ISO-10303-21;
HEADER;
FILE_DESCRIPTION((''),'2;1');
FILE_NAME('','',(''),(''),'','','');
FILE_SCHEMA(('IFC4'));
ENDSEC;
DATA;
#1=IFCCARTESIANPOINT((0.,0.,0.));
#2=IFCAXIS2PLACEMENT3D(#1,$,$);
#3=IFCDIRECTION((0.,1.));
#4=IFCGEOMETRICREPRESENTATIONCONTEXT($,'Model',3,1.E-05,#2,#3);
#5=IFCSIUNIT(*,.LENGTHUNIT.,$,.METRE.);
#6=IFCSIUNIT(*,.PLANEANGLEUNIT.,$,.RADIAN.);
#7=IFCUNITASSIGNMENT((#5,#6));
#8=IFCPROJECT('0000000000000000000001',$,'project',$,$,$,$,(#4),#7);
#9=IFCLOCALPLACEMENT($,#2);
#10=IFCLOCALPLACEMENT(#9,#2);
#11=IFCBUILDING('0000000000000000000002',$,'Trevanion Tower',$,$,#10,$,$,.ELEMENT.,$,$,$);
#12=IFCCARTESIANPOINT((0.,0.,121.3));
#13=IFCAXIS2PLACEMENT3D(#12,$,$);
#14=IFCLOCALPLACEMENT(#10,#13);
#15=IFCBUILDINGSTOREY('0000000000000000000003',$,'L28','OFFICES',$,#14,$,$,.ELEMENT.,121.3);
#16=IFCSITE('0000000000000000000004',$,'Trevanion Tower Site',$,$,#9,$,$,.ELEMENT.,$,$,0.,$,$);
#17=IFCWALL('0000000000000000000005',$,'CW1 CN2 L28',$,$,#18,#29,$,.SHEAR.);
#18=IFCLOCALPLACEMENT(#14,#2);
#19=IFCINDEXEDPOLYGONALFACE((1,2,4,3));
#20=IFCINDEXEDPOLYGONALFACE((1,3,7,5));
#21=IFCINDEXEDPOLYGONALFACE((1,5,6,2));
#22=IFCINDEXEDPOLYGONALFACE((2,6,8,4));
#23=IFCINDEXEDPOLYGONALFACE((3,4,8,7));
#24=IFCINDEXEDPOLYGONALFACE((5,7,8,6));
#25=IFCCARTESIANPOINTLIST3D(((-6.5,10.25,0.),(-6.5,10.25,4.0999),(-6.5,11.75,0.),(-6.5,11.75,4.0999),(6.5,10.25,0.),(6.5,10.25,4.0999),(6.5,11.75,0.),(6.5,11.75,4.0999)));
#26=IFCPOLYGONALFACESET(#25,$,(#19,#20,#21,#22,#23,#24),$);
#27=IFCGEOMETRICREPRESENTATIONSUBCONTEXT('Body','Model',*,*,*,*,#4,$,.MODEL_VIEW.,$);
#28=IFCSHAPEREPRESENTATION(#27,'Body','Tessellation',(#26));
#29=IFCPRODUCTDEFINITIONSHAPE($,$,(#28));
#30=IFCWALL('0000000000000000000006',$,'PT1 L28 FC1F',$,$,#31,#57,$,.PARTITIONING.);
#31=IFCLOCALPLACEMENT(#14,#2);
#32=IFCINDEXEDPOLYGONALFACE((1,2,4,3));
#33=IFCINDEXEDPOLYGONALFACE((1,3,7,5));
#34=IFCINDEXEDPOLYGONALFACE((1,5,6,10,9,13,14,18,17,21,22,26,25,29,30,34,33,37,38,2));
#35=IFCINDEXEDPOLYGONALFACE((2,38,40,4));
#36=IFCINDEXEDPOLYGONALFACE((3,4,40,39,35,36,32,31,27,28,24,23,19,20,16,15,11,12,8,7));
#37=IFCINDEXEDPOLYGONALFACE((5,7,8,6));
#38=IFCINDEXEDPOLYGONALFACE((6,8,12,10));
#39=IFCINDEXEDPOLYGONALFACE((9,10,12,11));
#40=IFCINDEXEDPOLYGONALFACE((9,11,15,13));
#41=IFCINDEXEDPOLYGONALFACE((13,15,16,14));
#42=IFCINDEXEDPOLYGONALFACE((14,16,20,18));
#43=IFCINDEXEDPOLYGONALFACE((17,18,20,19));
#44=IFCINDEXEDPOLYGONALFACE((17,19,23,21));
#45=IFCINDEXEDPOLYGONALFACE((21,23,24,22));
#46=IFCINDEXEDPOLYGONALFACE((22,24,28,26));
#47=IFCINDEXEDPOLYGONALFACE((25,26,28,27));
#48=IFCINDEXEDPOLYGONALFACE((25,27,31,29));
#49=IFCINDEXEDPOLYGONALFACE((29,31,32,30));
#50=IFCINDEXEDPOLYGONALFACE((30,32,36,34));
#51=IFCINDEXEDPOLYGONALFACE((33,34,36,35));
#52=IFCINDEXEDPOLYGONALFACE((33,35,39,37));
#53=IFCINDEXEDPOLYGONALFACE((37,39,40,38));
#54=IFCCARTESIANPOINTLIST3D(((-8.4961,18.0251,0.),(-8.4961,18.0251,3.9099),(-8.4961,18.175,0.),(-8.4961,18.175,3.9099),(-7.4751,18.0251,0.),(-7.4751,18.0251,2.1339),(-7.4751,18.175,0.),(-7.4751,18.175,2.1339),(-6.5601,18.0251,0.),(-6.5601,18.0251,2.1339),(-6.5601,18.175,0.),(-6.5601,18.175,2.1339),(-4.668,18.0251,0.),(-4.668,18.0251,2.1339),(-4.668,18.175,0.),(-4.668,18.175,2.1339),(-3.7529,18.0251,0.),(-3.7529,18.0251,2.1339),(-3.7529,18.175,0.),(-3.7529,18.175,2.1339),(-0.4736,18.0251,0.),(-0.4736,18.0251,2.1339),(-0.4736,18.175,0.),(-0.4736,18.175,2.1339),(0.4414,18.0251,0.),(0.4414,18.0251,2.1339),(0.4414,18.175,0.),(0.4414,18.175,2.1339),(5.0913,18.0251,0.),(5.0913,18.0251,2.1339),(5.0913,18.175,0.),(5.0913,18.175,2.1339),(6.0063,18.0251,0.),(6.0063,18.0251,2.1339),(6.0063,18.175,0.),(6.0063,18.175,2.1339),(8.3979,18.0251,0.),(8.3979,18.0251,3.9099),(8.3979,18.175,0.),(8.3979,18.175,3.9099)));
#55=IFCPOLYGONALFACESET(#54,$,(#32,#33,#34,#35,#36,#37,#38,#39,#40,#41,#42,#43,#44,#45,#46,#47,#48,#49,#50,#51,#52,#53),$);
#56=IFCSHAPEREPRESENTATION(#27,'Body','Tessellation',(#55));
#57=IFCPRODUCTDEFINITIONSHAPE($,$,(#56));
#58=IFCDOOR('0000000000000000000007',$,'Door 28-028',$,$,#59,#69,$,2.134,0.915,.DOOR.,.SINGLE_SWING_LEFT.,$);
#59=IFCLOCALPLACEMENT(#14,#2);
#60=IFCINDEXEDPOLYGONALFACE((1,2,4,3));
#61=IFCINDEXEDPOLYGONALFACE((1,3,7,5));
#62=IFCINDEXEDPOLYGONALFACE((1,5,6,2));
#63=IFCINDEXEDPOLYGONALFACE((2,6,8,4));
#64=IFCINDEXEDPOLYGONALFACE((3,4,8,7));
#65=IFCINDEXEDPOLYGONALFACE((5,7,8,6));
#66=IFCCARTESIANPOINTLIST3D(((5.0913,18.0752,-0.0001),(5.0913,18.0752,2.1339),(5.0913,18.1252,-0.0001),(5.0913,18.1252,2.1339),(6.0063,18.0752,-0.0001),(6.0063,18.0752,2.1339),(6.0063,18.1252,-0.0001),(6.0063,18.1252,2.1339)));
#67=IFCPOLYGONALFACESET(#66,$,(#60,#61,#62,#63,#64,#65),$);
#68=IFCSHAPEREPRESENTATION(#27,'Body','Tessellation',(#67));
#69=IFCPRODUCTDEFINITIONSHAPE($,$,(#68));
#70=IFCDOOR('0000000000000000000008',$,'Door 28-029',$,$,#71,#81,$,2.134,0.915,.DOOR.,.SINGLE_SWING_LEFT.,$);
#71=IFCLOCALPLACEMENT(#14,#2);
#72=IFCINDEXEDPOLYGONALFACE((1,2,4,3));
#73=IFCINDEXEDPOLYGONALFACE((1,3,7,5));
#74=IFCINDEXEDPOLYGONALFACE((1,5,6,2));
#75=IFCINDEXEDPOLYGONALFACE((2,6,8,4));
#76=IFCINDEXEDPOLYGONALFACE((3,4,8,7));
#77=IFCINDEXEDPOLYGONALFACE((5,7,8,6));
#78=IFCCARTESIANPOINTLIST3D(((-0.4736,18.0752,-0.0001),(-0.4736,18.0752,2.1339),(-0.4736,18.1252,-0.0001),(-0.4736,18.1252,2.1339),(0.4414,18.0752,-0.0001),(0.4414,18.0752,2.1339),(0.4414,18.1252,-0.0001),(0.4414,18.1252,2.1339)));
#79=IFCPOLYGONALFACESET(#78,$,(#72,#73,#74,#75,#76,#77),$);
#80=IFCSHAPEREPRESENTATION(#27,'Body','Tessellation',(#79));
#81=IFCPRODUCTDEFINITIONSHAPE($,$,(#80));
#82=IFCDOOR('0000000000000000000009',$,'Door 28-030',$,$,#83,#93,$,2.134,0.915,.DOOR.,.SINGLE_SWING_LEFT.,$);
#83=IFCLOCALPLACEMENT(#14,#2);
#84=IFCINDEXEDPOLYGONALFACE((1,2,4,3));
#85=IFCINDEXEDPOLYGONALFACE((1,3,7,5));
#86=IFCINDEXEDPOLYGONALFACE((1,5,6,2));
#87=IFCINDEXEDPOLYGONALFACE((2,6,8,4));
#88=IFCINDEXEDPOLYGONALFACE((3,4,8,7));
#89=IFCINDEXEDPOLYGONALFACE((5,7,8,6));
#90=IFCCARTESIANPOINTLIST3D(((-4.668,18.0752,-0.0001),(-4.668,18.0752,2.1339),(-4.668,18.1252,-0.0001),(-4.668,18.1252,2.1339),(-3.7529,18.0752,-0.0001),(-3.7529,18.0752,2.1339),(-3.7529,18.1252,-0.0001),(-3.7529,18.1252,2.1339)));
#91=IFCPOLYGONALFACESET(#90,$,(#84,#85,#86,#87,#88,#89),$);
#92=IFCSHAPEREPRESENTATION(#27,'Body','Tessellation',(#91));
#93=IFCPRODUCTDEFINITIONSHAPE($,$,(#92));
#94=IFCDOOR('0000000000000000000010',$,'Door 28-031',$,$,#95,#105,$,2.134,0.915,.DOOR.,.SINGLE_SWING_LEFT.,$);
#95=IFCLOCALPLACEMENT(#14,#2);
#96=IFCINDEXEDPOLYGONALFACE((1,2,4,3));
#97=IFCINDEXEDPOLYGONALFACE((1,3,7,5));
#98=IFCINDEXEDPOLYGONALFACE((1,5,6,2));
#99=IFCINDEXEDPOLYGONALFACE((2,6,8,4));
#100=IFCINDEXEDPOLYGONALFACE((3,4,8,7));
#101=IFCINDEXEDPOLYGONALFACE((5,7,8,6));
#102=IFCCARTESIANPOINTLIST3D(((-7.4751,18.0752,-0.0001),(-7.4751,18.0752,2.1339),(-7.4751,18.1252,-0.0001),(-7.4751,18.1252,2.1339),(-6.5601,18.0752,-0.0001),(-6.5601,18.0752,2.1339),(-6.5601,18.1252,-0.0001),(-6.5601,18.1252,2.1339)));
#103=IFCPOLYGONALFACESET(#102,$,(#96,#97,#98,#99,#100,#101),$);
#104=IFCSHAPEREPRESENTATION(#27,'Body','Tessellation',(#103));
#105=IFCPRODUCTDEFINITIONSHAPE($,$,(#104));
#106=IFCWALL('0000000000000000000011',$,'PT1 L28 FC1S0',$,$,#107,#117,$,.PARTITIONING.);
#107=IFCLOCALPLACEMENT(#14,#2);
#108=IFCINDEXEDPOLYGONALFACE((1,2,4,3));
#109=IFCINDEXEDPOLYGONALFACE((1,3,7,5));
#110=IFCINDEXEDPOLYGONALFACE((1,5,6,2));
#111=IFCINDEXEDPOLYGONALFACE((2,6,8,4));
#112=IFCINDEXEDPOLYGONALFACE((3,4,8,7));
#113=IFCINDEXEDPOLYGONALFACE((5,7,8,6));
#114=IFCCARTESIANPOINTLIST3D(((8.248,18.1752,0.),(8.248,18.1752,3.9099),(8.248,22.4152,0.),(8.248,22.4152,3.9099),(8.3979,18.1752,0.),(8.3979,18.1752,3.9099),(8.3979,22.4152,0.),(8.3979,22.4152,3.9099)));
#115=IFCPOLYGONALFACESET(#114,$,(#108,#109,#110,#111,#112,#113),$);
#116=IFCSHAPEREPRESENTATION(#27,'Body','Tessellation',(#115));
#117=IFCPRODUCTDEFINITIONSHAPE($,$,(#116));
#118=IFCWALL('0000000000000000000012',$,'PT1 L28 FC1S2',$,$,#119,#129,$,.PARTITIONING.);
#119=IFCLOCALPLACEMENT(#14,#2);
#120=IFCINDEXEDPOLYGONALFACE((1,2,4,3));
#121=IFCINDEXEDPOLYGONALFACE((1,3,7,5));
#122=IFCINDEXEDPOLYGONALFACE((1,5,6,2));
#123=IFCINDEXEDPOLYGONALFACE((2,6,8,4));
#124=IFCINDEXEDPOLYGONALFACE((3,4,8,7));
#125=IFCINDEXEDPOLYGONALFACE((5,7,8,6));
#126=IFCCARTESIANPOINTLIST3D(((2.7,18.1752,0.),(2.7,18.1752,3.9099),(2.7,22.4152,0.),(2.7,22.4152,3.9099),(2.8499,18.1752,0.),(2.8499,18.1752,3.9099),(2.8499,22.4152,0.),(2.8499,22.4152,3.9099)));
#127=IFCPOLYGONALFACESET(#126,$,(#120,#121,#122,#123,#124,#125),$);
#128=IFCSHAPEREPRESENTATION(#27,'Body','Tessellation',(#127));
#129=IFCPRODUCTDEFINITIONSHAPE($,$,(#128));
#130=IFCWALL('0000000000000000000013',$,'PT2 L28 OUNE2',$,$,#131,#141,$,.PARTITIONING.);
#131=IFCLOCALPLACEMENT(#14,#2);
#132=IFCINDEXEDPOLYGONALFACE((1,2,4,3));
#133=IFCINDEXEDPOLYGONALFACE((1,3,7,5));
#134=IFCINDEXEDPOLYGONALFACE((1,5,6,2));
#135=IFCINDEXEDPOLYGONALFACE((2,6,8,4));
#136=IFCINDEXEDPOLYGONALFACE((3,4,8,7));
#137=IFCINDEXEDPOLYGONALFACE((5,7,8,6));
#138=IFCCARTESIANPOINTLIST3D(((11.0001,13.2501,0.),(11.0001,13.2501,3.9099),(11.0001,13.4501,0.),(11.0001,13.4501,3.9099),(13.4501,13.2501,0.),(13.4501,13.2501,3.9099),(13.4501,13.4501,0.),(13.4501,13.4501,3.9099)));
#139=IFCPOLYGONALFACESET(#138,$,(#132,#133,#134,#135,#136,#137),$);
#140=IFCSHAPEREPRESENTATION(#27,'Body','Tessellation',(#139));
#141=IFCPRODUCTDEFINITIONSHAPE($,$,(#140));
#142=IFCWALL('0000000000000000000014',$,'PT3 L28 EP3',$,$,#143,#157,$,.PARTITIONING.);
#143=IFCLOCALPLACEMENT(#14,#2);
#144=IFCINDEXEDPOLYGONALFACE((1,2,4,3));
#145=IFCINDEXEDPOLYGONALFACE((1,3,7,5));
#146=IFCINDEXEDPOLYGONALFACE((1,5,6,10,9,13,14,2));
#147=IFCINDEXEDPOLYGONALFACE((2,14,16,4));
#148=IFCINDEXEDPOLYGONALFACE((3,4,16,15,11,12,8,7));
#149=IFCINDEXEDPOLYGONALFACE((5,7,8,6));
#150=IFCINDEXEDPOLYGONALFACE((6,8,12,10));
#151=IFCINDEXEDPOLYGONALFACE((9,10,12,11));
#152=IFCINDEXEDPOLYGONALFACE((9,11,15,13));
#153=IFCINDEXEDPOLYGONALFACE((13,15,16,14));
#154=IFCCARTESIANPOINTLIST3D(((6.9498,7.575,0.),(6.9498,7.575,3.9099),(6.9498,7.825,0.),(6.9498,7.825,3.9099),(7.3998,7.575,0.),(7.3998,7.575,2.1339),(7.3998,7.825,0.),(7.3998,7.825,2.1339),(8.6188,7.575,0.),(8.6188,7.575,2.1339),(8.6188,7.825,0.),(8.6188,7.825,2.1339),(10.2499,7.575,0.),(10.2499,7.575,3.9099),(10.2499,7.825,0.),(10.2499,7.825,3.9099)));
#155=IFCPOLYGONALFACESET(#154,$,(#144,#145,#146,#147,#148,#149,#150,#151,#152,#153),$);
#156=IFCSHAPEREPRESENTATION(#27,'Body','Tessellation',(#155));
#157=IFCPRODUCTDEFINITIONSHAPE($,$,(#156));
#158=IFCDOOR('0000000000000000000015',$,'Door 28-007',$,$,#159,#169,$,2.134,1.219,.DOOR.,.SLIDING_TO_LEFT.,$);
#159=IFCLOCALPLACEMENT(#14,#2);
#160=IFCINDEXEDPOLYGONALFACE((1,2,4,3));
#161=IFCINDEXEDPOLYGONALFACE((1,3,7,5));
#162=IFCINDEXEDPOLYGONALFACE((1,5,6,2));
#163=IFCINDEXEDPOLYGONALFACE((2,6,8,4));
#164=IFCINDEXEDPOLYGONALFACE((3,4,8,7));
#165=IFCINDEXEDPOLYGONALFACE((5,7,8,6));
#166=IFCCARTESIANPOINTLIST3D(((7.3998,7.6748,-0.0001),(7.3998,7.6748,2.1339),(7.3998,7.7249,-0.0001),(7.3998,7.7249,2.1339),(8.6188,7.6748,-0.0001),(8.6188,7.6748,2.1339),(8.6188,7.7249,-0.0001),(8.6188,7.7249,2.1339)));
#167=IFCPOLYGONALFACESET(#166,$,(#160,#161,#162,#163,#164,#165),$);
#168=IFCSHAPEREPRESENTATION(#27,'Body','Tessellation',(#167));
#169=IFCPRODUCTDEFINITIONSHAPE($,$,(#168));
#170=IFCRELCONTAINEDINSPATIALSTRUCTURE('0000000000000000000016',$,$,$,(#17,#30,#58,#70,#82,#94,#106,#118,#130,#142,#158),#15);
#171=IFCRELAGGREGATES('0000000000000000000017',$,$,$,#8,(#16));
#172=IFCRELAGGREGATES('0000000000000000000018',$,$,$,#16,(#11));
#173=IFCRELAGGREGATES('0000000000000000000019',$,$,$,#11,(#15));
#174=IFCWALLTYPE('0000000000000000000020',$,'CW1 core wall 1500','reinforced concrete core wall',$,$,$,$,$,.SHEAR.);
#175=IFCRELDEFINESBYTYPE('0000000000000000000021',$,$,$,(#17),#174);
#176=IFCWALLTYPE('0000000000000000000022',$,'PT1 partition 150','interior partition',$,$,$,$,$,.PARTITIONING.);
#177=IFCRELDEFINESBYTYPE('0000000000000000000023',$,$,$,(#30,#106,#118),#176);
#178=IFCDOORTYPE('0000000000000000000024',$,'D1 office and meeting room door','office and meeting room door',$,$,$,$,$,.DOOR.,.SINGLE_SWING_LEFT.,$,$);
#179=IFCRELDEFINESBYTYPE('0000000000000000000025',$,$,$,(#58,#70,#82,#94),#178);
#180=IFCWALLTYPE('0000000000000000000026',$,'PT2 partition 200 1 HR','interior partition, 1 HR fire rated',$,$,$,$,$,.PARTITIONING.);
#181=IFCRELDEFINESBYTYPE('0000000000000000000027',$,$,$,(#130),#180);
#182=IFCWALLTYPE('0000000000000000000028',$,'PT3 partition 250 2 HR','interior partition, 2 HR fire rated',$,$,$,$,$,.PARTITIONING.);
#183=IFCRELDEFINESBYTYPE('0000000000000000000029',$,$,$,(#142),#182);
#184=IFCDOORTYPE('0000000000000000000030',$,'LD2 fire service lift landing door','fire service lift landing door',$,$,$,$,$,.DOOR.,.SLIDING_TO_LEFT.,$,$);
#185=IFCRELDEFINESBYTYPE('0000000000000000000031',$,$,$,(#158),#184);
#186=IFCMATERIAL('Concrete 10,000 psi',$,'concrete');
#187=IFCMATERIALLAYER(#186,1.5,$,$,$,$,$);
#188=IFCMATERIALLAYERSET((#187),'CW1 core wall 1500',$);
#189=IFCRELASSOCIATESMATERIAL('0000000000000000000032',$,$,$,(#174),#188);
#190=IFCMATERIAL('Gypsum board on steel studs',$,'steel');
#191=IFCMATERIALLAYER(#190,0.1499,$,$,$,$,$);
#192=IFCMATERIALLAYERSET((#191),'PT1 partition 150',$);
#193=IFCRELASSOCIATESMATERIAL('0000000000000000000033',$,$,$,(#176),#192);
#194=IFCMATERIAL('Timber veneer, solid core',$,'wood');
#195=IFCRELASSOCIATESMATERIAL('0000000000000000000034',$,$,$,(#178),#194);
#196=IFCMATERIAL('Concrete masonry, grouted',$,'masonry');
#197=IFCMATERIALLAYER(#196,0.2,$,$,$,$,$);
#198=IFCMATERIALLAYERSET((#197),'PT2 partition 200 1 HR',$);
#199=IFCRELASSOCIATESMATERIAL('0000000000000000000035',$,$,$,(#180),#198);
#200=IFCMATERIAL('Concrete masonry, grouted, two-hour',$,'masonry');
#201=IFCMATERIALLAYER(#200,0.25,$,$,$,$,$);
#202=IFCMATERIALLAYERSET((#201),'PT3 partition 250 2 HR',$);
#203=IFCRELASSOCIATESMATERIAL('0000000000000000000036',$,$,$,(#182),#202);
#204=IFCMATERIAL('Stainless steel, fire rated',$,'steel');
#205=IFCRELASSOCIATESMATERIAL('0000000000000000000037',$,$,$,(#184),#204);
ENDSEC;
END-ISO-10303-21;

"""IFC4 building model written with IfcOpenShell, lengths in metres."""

from ifc_helpers import new_model, si_unit, direction, frame, frame_2d, origin, place, context, subcontext, project, spatial, rectangle, extrude, material, layer, layer_set, type_object, element, fill, save


model = new_model("IFC4")

# Units and contexts
model_context = context("Model", 3, precision=1e-05, world=origin(), true_north=direction((0.0, 1.0)))
body_context = subcontext(model_context, "Body", "Model", "MODEL_VIEW")
ifc_project = project(units=[si_unit("LENGTHUNIT", "METRE"), si_unit("PLANEANGLEUNIT", "RADIAN")], contexts=[model_context])

# Site, building, storey
site_placement = place(None, origin())
site = spatial("IfcSite", under=ifc_project, at=site_placement, Name="Trevanion Tower Site", CompositionType="ELEMENT", RefElevation=0.0)
building_placement = place(site_placement, origin())
building = spatial("IfcBuilding", under=site, at=building_placement, Name="Trevanion Tower", CompositionType="ELEMENT")
storey_placement = place(building_placement, frame((0.0, 0.0, 121.3)))
storey = spatial("IfcBuildingStorey", under=building, at=storey_placement, Name="L28", Description="OFFICES", CompositionType="ELEMENT", Elevation=121.3)

# Wall
ifc_material_1 = material(Name="Concrete 10,000 psi", Category="concrete")
ifc_layer_1 = layer(ifc_material_1, 1.5)
ifc_layer_set_1 = layer_set([ifc_layer_1], Name="CW1 core wall 1500")
wall_type_1 = type_object("IfcWallType", Name="CW1 core wall 1500", Description="reinforced concrete core wall", PredefinedType="SHEAR", material=ifc_layer_set_1)
wall_1_placement = place(storey_placement, frame((6.5, 11.0, 0.0), z_axis=(0.0, 0.0, 1.0), x_axis=(-1.0, 0.0, 0.0)))
element("IfcWall", 1, at=wall_1_placement, inside=storey, type_object=wall_type_1, Name="CW1 CN2 L28", PredefinedType="SHEAR", context=body_context, shape_type="SweptSolid", body=[
    extrude(rectangle(XDim=13.0, YDim=1.5, at=frame_2d((6.5, 0.0))), origin(), (0.0, 0.0, 1.0), 4.0999),
])

# Wall, openings, doors
ifc_material_2 = material(Name="Gypsum board on steel studs", Category="steel")
ifc_layer_2 = layer(ifc_material_2, 0.1499)
ifc_layer_set_2 = layer_set([ifc_layer_2], Name="PT1 partition 150")
wall_type_2 = type_object("IfcWallType", Name="PT1 partition 150", Description="interior partition", PredefinedType="PARTITIONING", material=ifc_layer_set_2)
wall_2_placement = place(storey_placement, frame((8.3979, 18.1001, 0.0), z_axis=(0.0, 0.0, 1.0), x_axis=(-1.0, 0.0, 0.0)))
wall_2 = element("IfcWall", 2, at=wall_2_placement, inside=storey, type_object=wall_type_2, Name="PT1 L28 FC1F", PredefinedType="PARTITIONING", context=body_context, shape_type="SweptSolid", body=[
    extrude(rectangle(XDim=16.894, YDim=0.1499, at=frame_2d((8.447, 0.0))), origin(), (0.0, 0.0, 1.0), 3.9099),
])
opening_1_placement = place(wall_2_placement, frame((2.3916, 0.0, 0.0)))
opening_1 = element("IfcOpeningElement", 3, at=opening_1_placement, cuts=wall_2, PredefinedType="OPENING", context=body_context, shape_type="SweptSolid", body=[
    extrude(rectangle(XDim=0.915, YDim=2.134, at=frame_2d((0.4575, 1.0669))), frame((0.0, 0.085, 0.0), z_axis=(0.0, -1.0, 0.0), x_axis=(1.0, 0.0, 0.0)), (0.0, 0.0, 1.0), 0.1699),
])
opening_2_placement = place(wall_2_placement, frame((7.9565, 0.0, 0.0)))
opening_2 = element("IfcOpeningElement", 4, at=opening_2_placement, cuts=wall_2, PredefinedType="OPENING", context=body_context, shape_type="SweptSolid", body=[
    extrude(rectangle(XDim=0.915, YDim=2.134, at=frame_2d((0.4575, 1.0669))), frame((0.0, 0.085, 0.0), z_axis=(0.0, -1.0, 0.0), x_axis=(1.0, 0.0, 0.0)), (0.0, 0.0, 1.0), 0.1699),
])
opening_3_placement = place(wall_2_placement, frame((12.1509, 0.0, 0.0)))
opening_3 = element("IfcOpeningElement", 5, at=opening_3_placement, cuts=wall_2, PredefinedType="OPENING", context=body_context, shape_type="SweptSolid", body=[
    extrude(rectangle(XDim=0.915, YDim=2.134, at=frame_2d((0.4575, 1.0669))), frame((0.0, 0.085, 0.0), z_axis=(0.0, -1.0, 0.0), x_axis=(1.0, 0.0, 0.0)), (0.0, 0.0, 1.0), 0.1699),
])
opening_4_placement = place(wall_2_placement, frame((14.958, 0.0, 0.0)))
opening_4 = element("IfcOpeningElement", 6, at=opening_4_placement, cuts=wall_2, PredefinedType="OPENING", context=body_context, shape_type="SweptSolid", body=[
    extrude(rectangle(XDim=0.915, YDim=2.134, at=frame_2d((0.4575, 1.0669))), frame((0.0, 0.085, 0.0), z_axis=(0.0, -1.0, 0.0), x_axis=(1.0, 0.0, 0.0)), (0.0, 0.0, 1.0), 0.1699),
])
ifc_material_3 = material(Name="Timber veneer, solid core", Category="wood")
door_type_1 = type_object("IfcDoorType", Name="D1 office and meeting room door", Description="office and meeting room door", OperationType="SINGLE_SWING_LEFT", PredefinedType="DOOR", material=ifc_material_3)
door_1_placement = place(opening_1_placement, origin())
door_1 = element("IfcDoor", 7, at=door_1_placement, inside=storey, type_object=door_type_1, Name="Door 28-028", OperationType="SINGLE_SWING_LEFT", OverallHeight=2.134, OverallWidth=0.915, PredefinedType="DOOR", context=body_context, shape_type="SweptSolid", body=[
    extrude(rectangle(XDim=0.915, YDim=2.134, at=frame_2d((0.4575, 1.0669))), frame((0.0, 0.0249, 0.0), z_axis=(0.0, -1.0, 0.0), x_axis=(1.0, 0.0, 0.0)), (0.0, 0.0, 1.0), 0.05),
])
fill(opening_1, door_1)
door_2_placement = place(opening_2_placement, origin())
door_2 = element("IfcDoor", 8, at=door_2_placement, inside=storey, type_object=door_type_1, Name="Door 28-029", OperationType="SINGLE_SWING_LEFT", OverallHeight=2.134, OverallWidth=0.915, PredefinedType="DOOR", context=body_context, shape_type="SweptSolid", body=[
    extrude(rectangle(XDim=0.915, YDim=2.134, at=frame_2d((0.4575, 1.0669))), frame((0.0, 0.0249, 0.0), z_axis=(0.0, -1.0, 0.0), x_axis=(1.0, 0.0, 0.0)), (0.0, 0.0, 1.0), 0.05),
])
fill(opening_2, door_2)
door_3_placement = place(opening_3_placement, origin())
door_3 = element("IfcDoor", 9, at=door_3_placement, inside=storey, type_object=door_type_1, Name="Door 28-030", OperationType="SINGLE_SWING_LEFT", OverallHeight=2.134, OverallWidth=0.915, PredefinedType="DOOR", context=body_context, shape_type="SweptSolid", body=[
    extrude(rectangle(XDim=0.915, YDim=2.134, at=frame_2d((0.4575, 1.0669))), frame((0.0, 0.0249, 0.0), z_axis=(0.0, -1.0, 0.0), x_axis=(1.0, 0.0, 0.0)), (0.0, 0.0, 1.0), 0.05),
])
fill(opening_3, door_3)
door_4_placement = place(opening_4_placement, origin())
door_4 = element("IfcDoor", 10, at=door_4_placement, inside=storey, type_object=door_type_1, Name="Door 28-031", OperationType="SINGLE_SWING_LEFT", OverallHeight=2.134, OverallWidth=0.915, PredefinedType="DOOR", context=body_context, shape_type="SweptSolid", body=[
    extrude(rectangle(XDim=0.915, YDim=2.134, at=frame_2d((0.4575, 1.0669))), frame((0.0, 0.0249, 0.0), z_axis=(0.0, -1.0, 0.0), x_axis=(1.0, 0.0, 0.0)), (0.0, 0.0, 1.0), 0.05),
])
fill(opening_4, door_4)

# Walls
for number, where, z_axis, x_axis, name in (
    (11, (8.323, 18.175, 0.0), (0.0, 0.0, 1.0), (0.0, 1.0, 0.0), "PT1 L28 FC1S0"),
    (12, (2.7749, 18.175, 0.0), (0.0, 0.0, 1.0), (0.0, 1.0, 0.0), "PT1 L28 FC1S2"),
):
    element("IfcWall", number, at=place(storey_placement, frame(where, z_axis=z_axis, x_axis=x_axis)), inside=storey, type_object=wall_type_2, Name=name, PredefinedType="PARTITIONING", context=body_context, shape_type="SweptSolid", body=[
        extrude(rectangle(XDim=4.24, YDim=0.1499, at=frame_2d((2.1201, 0.0))), origin(), (0.0, 0.0, 1.0), 3.9099),
    ])
ifc_material_4 = material(Name="Concrete masonry, grouted", Category="masonry")
ifc_layer_3 = layer(ifc_material_4, 0.2)
ifc_layer_set_3 = layer_set([ifc_layer_3], Name="PT2 partition 200 1 HR")
wall_type_3 = type_object("IfcWallType", Name="PT2 partition 200 1 HR", Description="interior partition, 1 HR fire rated", PredefinedType="PARTITIONING", material=ifc_layer_set_3)
wall_3_placement = place(storey_placement, frame((11.0, 13.3501, 0.0), z_axis=(0.0, 0.0, 1.0), x_axis=(1.0, 0.0, 0.0)))
element("IfcWall", 13, at=wall_3_placement, inside=storey, type_object=wall_type_3, Name="PT2 L28 OUNE2", PredefinedType="PARTITIONING", context=body_context, shape_type="SweptSolid", body=[
    extrude(rectangle(XDim=2.45, YDim=0.2, at=frame_2d((1.2251, 0.0))), origin(), (0.0, 0.0, 1.0), 3.9099),
])

# Wall, opening, door
ifc_material_5 = material(Name="Concrete masonry, grouted, two-hour", Category="masonry")
ifc_layer_4 = layer(ifc_material_5, 0.25)
ifc_layer_set_4 = layer_set([ifc_layer_4], Name="PT3 partition 250 2 HR")
wall_type_4 = type_object("IfcWallType", Name="PT3 partition 250 2 HR", Description="interior partition, 2 HR fire rated", PredefinedType="PARTITIONING", material=ifc_layer_set_4)
wall_4_placement = place(storey_placement, frame((6.95, 7.7, 0.0), z_axis=(0.0, 0.0, 1.0), x_axis=(1.0, 0.0, 0.0)))
wall_4 = element("IfcWall", 14, at=wall_4_placement, inside=storey, type_object=wall_type_4, Name="PT3 L28 EP3", PredefinedType="PARTITIONING", context=body_context, shape_type="SweptSolid", body=[
    extrude(rectangle(XDim=3.3, YDim=0.25, at=frame_2d((1.6499, 0.0))), origin(), (0.0, 0.0, 1.0), 3.9099),
])
opening_5_placement = place(wall_4_placement, frame((0.45, 0.0, 0.0)))
opening_5 = element("IfcOpeningElement", 15, at=opening_5_placement, cuts=wall_4, PredefinedType="OPENING", context=body_context, shape_type="SweptSolid", body=[
    extrude(rectangle(XDim=1.219, YDim=2.134, at=frame_2d((0.6094, 1.0669))), frame((0.0, 0.135, 0.0), z_axis=(0.0, -1.0, 0.0), x_axis=(1.0, 0.0, 0.0)), (0.0, 0.0, 1.0), 0.27),
])
ifc_material_6 = material(Name="Stainless steel, fire rated", Category="steel")
door_type_2 = type_object("IfcDoorType", Name="LD2 fire service lift landing door", Description="fire service lift landing door", OperationType="SLIDING_TO_LEFT", PredefinedType="DOOR", material=ifc_material_6)
door_5_placement = place(opening_5_placement, origin())
door_5 = element("IfcDoor", 16, at=door_5_placement, inside=storey, type_object=door_type_2, Name="Door 28-007", OperationType="SLIDING_TO_LEFT", OverallHeight=2.134, OverallWidth=1.219, PredefinedType="DOOR", context=body_context, shape_type="SweptSolid", body=[
    extrude(rectangle(XDim=1.219, YDim=2.134, at=frame_2d((0.6094, 1.0669))), frame((0.0, 0.0249, 0.0), z_axis=(0.0, -1.0, 0.0), x_axis=(1.0, 0.0, 0.0)), (0.0, 0.0, 1.0), 0.05),
])
fill(opening_5, door_5)

save(model, "model.ifc")
